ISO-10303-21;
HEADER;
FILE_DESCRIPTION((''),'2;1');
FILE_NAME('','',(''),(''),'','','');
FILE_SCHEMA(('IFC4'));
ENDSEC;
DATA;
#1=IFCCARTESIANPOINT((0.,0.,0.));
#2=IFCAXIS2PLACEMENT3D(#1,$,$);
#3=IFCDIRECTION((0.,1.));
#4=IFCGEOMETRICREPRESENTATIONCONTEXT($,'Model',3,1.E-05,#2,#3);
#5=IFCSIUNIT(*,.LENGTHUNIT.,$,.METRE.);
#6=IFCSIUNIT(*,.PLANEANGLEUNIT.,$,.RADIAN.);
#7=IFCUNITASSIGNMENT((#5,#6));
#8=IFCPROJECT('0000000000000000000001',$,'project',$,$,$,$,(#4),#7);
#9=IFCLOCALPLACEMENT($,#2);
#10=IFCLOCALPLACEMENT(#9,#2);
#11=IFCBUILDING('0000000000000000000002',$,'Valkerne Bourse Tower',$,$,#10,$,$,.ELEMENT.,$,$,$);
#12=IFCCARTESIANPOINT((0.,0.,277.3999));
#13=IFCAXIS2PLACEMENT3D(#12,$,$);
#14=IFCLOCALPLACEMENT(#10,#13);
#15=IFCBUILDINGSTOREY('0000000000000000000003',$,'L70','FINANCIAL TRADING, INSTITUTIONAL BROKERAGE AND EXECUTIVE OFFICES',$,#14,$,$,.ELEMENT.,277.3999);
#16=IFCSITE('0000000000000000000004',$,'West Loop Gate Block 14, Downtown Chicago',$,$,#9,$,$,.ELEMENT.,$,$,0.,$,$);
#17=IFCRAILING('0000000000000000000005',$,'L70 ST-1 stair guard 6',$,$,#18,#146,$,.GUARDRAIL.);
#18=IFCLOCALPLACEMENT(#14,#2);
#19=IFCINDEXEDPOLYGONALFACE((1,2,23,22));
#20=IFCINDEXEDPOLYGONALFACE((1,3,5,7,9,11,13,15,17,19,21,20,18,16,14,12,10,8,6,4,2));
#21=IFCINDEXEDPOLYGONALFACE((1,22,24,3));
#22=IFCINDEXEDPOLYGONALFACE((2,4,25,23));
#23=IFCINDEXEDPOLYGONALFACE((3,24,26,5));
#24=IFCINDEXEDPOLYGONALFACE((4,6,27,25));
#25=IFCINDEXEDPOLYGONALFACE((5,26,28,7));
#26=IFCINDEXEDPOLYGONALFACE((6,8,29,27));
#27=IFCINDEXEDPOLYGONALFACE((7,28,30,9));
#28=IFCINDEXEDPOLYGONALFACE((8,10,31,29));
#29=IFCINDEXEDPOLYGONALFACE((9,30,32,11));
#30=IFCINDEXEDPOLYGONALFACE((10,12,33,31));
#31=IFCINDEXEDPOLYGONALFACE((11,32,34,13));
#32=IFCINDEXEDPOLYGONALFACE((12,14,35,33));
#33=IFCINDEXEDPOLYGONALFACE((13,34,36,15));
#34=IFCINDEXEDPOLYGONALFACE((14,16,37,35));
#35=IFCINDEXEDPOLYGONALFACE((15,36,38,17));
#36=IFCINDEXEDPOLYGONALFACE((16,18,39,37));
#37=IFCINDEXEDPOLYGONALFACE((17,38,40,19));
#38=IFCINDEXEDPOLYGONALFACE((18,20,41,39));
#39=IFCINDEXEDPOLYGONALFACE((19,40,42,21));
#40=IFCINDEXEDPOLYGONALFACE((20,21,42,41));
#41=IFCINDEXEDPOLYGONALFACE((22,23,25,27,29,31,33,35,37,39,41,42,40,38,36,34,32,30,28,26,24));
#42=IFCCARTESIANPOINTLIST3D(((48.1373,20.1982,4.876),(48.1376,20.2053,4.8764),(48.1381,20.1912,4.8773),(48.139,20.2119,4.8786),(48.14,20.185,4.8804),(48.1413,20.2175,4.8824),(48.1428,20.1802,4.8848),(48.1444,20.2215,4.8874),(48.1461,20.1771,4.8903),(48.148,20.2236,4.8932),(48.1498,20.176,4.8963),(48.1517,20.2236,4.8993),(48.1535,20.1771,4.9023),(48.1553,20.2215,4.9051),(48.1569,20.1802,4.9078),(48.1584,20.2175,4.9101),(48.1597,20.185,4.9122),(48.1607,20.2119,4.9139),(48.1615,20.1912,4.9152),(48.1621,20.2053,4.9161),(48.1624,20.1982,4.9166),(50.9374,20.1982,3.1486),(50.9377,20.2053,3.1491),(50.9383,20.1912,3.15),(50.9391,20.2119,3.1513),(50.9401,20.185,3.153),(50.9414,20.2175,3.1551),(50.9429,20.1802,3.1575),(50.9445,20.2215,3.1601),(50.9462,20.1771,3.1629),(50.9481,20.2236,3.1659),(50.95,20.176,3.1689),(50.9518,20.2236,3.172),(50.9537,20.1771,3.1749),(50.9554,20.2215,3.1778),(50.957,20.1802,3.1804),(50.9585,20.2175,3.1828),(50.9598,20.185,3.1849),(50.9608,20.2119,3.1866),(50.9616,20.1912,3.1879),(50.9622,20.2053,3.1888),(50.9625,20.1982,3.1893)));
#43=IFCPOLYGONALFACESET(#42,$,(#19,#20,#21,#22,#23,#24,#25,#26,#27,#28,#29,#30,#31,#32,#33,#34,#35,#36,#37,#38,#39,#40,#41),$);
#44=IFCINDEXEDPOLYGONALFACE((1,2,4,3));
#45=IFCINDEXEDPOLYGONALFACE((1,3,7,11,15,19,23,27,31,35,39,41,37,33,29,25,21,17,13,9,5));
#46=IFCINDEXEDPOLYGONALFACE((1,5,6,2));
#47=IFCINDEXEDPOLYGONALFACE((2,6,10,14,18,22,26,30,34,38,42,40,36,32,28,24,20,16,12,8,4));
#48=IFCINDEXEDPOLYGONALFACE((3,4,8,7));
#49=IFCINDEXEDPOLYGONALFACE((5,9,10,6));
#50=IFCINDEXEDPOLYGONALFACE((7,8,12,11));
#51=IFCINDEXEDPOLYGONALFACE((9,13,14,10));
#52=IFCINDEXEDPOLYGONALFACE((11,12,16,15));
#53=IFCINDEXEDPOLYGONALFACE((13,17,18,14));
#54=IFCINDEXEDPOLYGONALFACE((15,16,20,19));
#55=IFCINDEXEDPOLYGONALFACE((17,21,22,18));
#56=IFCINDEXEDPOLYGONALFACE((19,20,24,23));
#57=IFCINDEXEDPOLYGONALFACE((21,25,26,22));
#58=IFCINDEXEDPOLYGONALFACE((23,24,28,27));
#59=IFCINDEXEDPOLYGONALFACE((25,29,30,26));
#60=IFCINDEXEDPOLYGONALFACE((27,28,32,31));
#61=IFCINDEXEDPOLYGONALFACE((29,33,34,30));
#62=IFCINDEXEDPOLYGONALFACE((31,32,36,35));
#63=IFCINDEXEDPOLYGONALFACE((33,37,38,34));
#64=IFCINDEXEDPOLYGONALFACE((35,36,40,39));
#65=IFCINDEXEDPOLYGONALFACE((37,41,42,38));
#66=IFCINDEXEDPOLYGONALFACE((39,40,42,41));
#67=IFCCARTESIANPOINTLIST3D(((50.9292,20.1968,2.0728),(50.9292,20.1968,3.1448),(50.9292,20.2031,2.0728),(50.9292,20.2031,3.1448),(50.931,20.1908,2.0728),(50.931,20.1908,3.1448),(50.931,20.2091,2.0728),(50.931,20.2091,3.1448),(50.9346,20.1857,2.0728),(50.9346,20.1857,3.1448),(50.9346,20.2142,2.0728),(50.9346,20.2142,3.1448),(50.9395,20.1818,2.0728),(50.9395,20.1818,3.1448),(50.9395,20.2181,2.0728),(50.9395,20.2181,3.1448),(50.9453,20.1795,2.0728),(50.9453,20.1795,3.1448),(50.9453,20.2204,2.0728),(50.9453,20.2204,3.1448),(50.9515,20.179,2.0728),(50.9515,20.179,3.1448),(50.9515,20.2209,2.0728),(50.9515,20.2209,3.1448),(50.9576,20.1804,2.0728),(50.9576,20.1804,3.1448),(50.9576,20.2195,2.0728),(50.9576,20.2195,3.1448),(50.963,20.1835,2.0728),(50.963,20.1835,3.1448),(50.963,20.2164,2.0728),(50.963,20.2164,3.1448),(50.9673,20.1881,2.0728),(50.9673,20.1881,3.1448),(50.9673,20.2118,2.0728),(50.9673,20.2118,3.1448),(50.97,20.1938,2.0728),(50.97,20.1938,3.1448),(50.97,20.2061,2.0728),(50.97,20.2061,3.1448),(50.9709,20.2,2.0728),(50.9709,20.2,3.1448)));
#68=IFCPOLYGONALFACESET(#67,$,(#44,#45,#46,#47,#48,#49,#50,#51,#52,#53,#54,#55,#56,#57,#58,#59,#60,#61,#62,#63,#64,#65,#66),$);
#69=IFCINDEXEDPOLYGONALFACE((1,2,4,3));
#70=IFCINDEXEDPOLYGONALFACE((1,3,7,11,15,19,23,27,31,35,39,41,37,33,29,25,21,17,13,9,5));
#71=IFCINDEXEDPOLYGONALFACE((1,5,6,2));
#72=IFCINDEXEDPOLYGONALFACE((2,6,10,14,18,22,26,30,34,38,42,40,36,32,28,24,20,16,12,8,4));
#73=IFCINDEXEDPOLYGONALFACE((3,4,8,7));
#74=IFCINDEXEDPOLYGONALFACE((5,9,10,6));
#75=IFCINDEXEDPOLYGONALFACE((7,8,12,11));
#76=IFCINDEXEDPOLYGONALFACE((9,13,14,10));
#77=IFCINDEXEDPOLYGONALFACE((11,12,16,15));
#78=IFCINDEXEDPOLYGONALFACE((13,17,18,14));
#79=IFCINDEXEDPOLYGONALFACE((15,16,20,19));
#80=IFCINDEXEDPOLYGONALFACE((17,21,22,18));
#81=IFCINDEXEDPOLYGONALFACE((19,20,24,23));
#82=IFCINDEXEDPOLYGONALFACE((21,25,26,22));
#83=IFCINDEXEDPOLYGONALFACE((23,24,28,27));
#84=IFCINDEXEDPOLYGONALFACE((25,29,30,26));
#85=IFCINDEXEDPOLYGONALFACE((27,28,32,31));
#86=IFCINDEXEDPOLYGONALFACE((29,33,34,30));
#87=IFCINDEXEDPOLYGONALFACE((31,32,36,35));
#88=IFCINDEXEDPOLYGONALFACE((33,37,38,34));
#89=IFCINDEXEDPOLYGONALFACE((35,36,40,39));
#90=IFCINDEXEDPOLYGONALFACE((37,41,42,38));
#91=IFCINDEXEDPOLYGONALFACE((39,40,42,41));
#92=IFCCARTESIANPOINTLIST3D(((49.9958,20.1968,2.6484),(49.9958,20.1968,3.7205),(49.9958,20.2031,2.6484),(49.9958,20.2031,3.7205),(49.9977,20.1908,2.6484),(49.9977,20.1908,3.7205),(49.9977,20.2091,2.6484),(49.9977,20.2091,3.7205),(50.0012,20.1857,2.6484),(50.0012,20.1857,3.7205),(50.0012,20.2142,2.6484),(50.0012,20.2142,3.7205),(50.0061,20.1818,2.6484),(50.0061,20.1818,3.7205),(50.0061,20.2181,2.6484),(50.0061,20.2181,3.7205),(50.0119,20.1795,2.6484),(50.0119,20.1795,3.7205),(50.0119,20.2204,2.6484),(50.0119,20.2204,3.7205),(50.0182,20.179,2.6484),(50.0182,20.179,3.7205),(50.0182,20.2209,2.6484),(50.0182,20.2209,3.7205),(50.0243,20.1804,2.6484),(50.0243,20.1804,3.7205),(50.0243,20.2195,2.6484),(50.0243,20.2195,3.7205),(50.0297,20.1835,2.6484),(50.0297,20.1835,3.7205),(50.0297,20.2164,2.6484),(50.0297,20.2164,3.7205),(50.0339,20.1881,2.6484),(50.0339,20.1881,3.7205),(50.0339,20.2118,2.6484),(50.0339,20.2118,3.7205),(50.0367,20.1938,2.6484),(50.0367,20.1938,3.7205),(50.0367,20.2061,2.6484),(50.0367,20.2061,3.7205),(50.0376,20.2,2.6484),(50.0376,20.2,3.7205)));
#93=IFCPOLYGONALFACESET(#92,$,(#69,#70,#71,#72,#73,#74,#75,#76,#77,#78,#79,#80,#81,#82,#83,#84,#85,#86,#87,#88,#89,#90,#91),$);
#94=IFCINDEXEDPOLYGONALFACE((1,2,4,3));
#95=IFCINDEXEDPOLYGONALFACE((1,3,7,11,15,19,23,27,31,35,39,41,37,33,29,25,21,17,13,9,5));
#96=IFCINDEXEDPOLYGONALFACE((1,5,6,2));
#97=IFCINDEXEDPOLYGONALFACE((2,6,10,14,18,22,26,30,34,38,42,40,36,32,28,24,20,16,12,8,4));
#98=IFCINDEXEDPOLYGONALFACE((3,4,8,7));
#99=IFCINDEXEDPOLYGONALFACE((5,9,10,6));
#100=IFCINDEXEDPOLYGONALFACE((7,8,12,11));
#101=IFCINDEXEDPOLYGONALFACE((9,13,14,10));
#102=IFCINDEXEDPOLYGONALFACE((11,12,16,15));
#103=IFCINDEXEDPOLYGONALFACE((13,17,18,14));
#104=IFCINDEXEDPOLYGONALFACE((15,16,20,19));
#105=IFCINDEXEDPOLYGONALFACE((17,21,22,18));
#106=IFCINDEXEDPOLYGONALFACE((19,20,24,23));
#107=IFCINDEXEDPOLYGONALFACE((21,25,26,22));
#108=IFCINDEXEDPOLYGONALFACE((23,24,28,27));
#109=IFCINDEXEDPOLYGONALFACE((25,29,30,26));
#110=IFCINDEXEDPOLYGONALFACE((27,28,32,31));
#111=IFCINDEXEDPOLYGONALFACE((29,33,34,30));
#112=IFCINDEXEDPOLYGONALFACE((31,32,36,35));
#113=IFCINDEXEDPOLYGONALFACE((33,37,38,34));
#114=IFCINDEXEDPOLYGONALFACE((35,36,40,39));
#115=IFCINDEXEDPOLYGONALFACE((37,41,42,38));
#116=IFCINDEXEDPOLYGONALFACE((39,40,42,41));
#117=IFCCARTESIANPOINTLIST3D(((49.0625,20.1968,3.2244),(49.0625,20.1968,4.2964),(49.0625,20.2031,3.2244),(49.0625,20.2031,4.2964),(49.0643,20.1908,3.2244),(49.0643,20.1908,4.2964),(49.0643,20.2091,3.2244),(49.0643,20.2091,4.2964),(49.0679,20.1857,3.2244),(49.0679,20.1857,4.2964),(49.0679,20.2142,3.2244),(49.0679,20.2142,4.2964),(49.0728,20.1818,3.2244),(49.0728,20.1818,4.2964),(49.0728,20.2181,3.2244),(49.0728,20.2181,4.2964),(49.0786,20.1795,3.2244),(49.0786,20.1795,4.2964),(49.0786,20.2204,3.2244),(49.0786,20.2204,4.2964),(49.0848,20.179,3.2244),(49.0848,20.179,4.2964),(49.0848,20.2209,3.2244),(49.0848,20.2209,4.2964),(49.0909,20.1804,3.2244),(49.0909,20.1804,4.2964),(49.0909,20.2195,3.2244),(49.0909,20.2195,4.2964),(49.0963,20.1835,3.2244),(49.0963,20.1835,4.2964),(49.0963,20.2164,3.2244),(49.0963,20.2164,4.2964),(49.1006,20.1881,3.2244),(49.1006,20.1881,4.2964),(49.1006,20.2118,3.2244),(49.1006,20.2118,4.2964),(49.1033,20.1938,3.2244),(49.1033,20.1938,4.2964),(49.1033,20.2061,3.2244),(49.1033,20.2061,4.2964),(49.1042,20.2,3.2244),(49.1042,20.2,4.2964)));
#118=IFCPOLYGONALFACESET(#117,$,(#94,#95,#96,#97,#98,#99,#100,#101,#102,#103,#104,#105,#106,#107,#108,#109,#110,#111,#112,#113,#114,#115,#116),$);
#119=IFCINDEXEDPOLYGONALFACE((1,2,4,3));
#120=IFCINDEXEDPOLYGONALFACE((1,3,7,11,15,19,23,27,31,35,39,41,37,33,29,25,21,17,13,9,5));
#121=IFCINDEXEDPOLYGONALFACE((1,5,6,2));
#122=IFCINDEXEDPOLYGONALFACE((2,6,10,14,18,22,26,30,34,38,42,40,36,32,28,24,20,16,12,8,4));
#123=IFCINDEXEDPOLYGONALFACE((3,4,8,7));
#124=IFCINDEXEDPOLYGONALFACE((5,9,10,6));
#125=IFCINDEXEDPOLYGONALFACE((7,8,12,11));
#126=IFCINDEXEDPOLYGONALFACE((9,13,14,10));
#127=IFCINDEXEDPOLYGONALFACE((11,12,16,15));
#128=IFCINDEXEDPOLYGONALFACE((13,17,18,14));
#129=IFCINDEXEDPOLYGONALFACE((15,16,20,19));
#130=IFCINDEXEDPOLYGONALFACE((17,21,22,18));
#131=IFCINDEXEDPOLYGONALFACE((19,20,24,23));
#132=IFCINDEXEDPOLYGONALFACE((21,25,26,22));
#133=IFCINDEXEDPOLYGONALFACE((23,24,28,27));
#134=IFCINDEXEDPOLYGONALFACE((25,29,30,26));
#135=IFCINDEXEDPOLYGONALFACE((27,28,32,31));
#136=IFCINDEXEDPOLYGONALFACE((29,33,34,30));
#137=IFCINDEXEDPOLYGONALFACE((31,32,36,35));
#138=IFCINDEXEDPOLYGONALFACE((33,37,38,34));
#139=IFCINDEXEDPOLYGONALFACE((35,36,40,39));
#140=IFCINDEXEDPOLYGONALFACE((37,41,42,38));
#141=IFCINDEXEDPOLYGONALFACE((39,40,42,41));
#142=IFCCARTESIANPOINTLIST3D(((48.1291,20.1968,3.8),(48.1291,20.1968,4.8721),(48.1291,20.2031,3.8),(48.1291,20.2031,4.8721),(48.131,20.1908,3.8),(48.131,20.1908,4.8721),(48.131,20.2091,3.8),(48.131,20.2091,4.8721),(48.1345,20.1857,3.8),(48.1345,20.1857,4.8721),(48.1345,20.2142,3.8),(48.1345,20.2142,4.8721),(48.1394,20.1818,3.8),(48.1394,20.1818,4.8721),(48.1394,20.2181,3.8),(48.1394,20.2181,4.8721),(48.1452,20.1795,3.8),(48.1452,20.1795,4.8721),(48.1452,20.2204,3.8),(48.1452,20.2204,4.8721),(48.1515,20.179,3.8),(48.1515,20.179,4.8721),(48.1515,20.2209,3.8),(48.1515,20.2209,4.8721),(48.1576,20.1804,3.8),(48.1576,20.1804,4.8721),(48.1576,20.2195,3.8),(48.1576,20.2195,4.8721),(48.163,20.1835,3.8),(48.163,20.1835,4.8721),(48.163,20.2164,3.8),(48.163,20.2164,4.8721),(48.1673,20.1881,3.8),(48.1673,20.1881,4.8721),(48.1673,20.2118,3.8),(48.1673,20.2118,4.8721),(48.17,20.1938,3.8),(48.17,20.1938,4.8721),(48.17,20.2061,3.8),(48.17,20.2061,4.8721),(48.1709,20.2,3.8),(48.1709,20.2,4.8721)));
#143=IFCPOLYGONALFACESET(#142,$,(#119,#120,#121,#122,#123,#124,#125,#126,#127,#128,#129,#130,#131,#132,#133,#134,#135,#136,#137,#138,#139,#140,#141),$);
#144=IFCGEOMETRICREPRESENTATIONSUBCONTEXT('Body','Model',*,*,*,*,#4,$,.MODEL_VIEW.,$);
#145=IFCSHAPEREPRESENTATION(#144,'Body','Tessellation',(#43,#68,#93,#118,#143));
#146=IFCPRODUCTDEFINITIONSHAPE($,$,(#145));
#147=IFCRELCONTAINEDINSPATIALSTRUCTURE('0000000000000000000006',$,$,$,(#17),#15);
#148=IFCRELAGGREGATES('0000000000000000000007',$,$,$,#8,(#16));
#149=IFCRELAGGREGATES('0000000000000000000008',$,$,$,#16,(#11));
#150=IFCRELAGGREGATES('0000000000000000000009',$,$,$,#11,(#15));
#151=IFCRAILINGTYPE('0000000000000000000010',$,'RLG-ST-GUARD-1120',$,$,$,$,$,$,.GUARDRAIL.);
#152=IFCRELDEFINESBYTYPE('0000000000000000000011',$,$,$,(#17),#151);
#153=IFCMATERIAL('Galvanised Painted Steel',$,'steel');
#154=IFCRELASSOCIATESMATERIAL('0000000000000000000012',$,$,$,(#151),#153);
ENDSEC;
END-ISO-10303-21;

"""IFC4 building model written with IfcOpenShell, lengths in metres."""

from ifc_helpers import new_model, si_unit, direction, frame, origin, origin_2d, place, context, subcontext, project, spatial, circle, extrude, material, type_object, element, save


model = new_model("IFC4")

# Units and contexts
model_context = context("Model", 3, precision=1e-05, world=origin(), true_north=direction((0.0, 1.0)))
body_context = subcontext(model_context, "Body", "Model", "MODEL_VIEW")
ifc_project = project(units=[si_unit("LENGTHUNIT", "METRE"), si_unit("PLANEANGLEUNIT", "RADIAN")], contexts=[model_context])

# Site, building, storey
site_placement = place(None, origin())
site = spatial("IfcSite", under=ifc_project, at=site_placement, Name="West Loop Gate Block 14, Downtown Chicago", CompositionType="ELEMENT", RefElevation=0.0)
building_placement = place(site_placement, origin())
building = spatial("IfcBuilding", under=site, at=building_placement, Name="Valkerne Bourse Tower", CompositionType="ELEMENT")
storey_placement = place(building_placement, frame((0.0, 0.0, 277.3999)))
storey = spatial("IfcBuildingStorey", under=building, at=storey_placement, Name="L70", Description="FINANCIAL TRADING, INSTITUTIONAL BROKERAGE AND EXECUTIVE OFFICES", CompositionType="ELEMENT", Elevation=277.3999)

# Shared definitions
ifc_material_1 = material(Name="Galvanised Painted Steel", Category="steel")

# Railing
railing_type_1 = type_object("IfcRailingType", Name="RLG-ST-GUARD-1120", PredefinedType="GUARDRAIL", material=ifc_material_1)
railing_1_placement = place(storey_placement, frame((50.95, 20.2, 2.0728)))
element("IfcRailing", 1, at=railing_1_placement, inside=storey, type_object=railing_type_1, Name="L70 ST-1 stair guard 6", PredefinedType="GUARDRAIL", context=body_context, shape_type="SweptSolid", body=[
    extrude(circle(Radius=0.0239, at=origin_2d()), frame((0.0, 0.0, 1.0962), z_axis=(-0.85109, 0.0, 0.52502), x_axis=(0.0, -1.0, 0.0)), (0.0, 0.0, 1.0), 3.29),
    extrude(circle(Radius=0.021, at=origin_2d()), origin(), (0.0, 0.0, 1.0), 1.072),
    extrude(circle(Radius=0.021, at=origin_2d()), frame((-0.9333, 0.0, 0.5757)), (0.0, 0.0, 1.0), 1.072),
    extrude(circle(Radius=0.021, at=origin_2d()), frame((-1.8667, 0.0, 1.1516)), (0.0, 0.0, 1.0), 1.072),
    extrude(circle(Radius=0.021, at=origin_2d()), frame((-2.8, 0.0, 1.7273)), (0.0, 0.0, 1.0), 1.072),
])

save(model, "model.ifc")
